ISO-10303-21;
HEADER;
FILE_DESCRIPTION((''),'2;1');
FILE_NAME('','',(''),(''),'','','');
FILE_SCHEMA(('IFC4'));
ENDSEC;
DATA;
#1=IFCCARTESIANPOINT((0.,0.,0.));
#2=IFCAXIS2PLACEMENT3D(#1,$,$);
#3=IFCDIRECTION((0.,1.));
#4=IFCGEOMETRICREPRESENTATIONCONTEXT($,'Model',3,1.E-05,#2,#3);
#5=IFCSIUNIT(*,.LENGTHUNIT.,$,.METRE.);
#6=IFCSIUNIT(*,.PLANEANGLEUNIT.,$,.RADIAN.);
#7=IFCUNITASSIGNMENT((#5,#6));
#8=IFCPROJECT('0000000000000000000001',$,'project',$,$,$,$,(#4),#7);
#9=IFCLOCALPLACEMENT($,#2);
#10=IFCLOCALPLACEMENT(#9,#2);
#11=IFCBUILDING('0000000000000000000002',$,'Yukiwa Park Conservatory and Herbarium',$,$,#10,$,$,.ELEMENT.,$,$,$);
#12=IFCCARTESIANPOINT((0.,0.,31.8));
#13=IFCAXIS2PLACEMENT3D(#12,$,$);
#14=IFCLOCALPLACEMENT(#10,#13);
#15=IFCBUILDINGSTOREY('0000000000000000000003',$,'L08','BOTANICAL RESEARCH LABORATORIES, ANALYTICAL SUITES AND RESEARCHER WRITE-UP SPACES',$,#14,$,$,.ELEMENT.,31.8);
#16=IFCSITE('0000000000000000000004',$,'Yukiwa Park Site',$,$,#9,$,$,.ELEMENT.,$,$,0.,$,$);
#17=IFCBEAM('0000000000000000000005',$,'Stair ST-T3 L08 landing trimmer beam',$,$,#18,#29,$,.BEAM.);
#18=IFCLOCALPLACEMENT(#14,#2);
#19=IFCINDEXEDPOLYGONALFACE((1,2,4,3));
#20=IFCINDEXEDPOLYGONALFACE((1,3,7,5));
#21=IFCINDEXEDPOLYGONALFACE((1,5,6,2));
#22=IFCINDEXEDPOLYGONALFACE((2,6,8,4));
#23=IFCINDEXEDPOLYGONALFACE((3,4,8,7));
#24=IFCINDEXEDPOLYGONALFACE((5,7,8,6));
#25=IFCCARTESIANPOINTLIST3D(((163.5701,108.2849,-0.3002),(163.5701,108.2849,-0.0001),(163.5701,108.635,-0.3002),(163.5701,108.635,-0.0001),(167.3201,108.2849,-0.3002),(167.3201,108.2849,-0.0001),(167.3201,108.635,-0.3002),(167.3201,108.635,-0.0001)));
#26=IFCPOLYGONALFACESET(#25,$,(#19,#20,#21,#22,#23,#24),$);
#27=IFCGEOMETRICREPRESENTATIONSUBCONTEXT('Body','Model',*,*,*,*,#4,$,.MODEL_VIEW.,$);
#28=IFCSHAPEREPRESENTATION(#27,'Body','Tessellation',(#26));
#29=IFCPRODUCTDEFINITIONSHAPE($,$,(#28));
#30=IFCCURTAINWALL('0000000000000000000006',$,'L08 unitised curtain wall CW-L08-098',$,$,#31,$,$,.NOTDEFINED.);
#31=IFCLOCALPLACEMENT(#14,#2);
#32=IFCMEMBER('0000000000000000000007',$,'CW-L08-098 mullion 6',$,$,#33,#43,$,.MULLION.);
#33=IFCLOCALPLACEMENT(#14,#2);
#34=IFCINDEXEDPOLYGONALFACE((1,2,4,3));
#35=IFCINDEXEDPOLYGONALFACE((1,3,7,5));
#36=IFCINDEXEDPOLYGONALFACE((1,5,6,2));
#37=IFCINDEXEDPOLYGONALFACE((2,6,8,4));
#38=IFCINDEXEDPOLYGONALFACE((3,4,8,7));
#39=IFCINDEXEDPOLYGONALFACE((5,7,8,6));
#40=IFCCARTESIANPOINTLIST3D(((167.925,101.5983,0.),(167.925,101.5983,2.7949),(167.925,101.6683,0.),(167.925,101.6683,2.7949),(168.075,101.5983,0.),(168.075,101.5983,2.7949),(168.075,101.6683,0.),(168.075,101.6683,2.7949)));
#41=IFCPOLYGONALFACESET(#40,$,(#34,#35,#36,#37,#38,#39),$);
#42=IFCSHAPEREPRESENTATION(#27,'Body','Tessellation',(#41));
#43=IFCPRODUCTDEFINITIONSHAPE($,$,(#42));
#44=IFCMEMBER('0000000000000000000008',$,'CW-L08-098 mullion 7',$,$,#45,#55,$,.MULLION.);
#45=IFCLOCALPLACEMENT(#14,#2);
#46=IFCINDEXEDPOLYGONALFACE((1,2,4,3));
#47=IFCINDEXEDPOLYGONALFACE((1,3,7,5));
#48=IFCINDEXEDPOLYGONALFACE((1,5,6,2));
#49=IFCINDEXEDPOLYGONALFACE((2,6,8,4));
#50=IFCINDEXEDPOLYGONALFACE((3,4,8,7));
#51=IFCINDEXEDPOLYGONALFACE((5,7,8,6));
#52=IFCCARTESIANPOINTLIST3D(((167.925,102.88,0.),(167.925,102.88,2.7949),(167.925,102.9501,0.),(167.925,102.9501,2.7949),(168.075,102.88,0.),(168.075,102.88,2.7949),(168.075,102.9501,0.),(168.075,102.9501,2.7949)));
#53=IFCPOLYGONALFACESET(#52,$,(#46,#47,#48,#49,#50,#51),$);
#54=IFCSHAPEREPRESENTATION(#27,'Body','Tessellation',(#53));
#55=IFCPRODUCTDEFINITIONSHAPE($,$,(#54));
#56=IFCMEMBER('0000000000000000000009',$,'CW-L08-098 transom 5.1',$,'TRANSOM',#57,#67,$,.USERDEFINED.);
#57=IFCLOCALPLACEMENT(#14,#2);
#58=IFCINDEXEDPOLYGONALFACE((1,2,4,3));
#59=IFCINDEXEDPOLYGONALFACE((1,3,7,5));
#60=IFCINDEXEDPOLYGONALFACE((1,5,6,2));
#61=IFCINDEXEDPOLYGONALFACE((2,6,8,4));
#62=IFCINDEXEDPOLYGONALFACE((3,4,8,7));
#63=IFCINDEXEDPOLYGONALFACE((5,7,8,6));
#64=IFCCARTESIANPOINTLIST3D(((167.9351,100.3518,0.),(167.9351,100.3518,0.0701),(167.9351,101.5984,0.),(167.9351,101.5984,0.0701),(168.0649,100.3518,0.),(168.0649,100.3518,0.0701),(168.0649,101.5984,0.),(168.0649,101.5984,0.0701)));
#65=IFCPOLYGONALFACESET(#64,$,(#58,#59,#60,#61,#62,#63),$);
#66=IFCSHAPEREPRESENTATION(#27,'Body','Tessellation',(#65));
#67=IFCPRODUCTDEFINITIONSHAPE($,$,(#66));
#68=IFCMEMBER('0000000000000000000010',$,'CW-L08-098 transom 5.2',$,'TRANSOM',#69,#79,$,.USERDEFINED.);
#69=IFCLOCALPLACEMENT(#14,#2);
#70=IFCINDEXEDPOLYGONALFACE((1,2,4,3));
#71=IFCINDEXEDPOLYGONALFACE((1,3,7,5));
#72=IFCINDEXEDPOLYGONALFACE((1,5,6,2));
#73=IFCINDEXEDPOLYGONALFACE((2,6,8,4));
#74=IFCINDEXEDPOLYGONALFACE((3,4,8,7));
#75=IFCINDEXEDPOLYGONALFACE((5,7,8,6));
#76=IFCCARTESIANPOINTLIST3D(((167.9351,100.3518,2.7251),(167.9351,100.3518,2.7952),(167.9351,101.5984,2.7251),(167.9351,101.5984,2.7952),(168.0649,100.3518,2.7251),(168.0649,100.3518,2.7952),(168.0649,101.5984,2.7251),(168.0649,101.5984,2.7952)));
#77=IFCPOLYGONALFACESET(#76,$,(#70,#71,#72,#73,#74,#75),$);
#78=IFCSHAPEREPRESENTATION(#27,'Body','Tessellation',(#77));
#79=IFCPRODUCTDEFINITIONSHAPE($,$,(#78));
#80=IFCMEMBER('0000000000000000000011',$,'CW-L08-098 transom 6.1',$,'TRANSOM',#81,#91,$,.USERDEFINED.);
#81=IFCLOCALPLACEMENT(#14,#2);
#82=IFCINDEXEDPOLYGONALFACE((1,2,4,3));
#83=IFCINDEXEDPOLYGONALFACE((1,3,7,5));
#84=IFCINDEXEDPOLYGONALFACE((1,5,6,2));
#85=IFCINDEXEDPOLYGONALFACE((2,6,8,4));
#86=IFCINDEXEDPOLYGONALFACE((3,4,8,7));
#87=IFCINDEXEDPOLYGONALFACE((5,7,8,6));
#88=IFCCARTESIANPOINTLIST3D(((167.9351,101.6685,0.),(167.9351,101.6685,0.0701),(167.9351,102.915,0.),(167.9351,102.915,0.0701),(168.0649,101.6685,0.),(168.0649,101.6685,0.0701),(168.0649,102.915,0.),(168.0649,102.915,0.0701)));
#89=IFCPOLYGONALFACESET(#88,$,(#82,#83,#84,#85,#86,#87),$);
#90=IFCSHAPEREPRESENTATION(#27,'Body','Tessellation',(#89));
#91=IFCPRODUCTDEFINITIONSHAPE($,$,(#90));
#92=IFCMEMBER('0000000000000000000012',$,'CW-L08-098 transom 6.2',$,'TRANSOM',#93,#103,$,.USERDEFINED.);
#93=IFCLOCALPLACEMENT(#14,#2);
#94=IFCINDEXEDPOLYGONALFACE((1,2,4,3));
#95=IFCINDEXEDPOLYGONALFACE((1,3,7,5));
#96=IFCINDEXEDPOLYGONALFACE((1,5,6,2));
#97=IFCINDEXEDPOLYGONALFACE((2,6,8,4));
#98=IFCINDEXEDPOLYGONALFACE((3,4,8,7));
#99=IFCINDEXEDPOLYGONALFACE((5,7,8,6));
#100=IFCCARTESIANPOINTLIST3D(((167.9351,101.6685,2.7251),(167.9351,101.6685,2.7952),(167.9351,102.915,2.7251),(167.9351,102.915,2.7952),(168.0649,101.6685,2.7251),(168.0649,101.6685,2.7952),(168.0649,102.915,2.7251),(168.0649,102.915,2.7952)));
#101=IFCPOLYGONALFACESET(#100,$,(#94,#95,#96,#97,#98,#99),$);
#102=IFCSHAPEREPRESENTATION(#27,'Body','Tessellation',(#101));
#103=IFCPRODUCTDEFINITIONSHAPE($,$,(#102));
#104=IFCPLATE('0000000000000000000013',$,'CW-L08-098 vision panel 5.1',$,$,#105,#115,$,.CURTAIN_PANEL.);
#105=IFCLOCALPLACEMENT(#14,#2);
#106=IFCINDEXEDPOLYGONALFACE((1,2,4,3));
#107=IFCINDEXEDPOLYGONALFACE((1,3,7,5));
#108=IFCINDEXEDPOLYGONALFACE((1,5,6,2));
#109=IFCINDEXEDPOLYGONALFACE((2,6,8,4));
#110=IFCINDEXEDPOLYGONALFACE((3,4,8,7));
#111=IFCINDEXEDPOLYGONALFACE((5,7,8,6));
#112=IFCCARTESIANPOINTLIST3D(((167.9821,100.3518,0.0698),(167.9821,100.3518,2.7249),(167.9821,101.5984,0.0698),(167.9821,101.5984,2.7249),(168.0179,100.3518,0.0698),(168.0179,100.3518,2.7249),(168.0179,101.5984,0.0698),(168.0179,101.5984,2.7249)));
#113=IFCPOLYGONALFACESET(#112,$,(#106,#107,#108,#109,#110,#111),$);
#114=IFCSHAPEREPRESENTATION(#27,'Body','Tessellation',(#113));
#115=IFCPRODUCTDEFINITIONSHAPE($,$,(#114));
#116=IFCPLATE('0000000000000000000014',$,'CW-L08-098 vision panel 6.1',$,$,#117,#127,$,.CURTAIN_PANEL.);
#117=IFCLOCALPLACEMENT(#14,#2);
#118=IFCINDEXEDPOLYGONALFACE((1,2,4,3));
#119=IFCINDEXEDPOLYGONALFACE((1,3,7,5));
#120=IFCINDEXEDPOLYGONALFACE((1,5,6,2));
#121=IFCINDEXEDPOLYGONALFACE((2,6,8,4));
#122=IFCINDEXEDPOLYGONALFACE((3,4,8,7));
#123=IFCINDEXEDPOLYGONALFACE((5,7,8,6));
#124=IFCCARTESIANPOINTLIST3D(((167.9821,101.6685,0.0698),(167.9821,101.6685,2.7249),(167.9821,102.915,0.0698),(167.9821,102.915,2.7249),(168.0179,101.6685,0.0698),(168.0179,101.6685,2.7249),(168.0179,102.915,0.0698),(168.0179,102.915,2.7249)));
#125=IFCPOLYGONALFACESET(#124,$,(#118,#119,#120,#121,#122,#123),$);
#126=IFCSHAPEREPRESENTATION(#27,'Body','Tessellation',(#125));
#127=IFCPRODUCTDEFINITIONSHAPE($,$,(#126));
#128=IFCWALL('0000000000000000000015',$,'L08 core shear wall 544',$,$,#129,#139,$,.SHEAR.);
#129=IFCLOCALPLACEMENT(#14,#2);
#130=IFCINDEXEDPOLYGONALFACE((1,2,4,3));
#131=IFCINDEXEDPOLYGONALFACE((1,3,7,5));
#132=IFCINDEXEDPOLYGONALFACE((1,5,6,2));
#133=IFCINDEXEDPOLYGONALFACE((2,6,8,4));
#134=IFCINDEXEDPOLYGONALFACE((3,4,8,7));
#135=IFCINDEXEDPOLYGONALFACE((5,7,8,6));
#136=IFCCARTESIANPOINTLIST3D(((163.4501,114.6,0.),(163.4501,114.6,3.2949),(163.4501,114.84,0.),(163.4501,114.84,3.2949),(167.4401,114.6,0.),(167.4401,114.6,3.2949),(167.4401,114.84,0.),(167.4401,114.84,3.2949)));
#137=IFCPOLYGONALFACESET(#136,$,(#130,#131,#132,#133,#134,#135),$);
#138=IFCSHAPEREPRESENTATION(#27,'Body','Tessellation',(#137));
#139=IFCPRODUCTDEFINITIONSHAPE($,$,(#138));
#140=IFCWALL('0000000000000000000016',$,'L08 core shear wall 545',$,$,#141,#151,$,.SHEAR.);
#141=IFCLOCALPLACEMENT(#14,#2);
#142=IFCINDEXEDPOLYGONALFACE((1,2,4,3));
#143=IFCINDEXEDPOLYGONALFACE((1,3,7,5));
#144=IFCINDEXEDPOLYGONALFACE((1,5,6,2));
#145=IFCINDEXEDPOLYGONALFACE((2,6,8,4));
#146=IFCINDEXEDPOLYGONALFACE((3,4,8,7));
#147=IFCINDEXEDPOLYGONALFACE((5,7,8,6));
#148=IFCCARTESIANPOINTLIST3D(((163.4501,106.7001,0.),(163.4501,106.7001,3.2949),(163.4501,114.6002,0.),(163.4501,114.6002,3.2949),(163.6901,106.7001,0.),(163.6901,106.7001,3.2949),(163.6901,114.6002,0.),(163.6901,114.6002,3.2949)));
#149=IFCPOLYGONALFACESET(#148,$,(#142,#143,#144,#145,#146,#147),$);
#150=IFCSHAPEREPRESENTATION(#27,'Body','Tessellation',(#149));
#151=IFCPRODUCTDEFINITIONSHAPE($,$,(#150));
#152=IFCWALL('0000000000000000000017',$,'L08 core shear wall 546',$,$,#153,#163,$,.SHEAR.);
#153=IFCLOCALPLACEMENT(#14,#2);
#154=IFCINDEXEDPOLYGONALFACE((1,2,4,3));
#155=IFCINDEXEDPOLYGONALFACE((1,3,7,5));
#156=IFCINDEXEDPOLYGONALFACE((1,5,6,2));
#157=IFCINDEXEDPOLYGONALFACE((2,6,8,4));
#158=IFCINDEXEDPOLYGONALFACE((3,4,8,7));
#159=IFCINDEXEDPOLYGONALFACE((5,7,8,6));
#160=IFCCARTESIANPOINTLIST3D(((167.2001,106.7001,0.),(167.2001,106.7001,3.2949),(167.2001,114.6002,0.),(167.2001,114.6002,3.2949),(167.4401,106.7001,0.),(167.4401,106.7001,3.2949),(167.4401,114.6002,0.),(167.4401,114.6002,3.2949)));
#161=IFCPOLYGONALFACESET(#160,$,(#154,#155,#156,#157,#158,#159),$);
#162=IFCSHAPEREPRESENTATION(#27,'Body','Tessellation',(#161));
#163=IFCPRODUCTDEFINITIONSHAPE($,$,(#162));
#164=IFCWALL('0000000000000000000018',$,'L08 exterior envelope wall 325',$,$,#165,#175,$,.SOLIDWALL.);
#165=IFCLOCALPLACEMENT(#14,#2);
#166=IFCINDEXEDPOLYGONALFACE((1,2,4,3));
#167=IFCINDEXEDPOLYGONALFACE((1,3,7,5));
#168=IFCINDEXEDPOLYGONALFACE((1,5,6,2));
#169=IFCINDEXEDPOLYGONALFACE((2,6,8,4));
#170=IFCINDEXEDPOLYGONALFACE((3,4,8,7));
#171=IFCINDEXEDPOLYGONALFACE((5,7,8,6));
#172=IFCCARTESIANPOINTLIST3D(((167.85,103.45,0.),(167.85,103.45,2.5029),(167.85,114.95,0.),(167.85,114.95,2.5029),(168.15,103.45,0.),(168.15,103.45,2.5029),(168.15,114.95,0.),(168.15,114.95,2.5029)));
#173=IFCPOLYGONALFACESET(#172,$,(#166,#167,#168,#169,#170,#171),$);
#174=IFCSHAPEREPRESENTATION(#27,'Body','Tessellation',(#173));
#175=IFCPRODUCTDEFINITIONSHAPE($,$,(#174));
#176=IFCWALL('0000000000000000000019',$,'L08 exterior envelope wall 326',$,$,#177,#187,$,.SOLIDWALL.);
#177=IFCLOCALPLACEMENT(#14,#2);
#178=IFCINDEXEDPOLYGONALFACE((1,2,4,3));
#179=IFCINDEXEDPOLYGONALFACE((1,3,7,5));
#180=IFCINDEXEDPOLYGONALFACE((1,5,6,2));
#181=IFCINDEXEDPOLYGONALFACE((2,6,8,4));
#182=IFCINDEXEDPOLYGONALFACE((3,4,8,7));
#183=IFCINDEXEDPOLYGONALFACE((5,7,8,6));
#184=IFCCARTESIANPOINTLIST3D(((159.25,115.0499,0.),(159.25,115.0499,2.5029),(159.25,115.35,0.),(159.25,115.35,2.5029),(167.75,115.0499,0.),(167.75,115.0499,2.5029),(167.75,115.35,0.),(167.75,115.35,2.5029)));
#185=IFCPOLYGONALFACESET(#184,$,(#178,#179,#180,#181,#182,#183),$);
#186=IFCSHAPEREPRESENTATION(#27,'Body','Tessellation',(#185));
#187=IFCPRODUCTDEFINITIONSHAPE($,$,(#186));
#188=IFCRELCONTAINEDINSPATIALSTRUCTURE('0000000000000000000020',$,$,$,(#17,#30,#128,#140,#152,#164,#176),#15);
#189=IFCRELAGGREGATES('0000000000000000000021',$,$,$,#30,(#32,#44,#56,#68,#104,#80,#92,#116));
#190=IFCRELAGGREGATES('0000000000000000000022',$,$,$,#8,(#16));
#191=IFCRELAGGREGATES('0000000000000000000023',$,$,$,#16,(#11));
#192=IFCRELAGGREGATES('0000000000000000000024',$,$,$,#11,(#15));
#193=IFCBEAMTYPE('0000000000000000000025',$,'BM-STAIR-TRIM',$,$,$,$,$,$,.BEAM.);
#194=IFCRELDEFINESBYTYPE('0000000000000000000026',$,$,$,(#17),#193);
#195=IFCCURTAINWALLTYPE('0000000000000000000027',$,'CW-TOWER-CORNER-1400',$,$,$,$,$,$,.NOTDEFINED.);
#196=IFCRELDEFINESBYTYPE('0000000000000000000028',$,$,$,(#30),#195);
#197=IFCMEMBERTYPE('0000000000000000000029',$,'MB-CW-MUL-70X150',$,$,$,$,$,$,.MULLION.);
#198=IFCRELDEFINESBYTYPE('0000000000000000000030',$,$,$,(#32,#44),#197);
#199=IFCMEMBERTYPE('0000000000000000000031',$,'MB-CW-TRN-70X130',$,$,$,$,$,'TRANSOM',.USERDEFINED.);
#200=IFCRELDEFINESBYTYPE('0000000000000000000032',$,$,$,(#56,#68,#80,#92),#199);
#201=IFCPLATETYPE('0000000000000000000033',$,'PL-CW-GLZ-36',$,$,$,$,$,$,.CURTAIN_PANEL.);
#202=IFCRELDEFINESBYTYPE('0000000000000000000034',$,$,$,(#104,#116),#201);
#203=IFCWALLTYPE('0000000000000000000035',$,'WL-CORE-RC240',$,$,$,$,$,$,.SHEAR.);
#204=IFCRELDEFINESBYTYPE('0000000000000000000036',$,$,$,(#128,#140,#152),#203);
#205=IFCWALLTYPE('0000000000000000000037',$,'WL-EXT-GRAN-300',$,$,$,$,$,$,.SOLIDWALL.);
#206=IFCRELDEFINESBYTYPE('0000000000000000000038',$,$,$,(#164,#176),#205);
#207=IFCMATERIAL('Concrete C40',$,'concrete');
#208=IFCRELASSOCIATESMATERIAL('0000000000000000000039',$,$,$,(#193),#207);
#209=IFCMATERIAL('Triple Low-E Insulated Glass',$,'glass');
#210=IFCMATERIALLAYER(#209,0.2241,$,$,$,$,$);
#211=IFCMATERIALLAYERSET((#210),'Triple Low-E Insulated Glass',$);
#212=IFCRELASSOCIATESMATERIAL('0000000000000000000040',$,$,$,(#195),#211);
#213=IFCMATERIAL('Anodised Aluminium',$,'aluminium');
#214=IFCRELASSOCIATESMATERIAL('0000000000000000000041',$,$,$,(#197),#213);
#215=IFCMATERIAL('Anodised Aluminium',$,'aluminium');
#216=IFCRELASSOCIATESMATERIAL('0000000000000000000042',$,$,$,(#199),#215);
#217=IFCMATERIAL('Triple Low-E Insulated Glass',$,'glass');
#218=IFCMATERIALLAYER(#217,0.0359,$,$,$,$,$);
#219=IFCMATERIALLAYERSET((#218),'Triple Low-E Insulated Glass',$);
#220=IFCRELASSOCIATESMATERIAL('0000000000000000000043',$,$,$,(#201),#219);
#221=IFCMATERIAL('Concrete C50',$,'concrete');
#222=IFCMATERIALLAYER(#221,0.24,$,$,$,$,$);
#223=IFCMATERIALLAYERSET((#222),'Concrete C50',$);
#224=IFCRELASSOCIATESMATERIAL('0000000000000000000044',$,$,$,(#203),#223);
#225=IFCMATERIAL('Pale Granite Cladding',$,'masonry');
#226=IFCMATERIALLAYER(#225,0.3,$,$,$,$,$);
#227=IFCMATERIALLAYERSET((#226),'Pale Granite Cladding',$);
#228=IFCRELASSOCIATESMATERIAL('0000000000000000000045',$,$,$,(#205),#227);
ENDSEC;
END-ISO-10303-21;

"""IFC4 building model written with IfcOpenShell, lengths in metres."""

from ifc_helpers import new_model, si_unit, direction, frame, frame_2d, origin, origin_2d, place, context, subcontext, project, spatial, rectangle, extrude, material, layer, layer_set, material_profile, profile_set, type_object, element, aggregate, save


model = new_model("IFC4")

# Units and contexts
model_context = context("Model", 3, precision=1e-05, world=origin(), true_north=direction((0.0, 1.0)))
body_context = subcontext(model_context, "Body", "Model", "MODEL_VIEW")
ifc_project = project(units=[si_unit("LENGTHUNIT", "METRE"), si_unit("PLANEANGLEUNIT", "RADIAN")], contexts=[model_context])

# Site, building, storey
site_placement = place(None, origin())
site = spatial("IfcSite", under=ifc_project, at=site_placement, Name="Yukiwa Park Site", CompositionType="ELEMENT", RefElevation=0.0)
building_placement = place(site_placement, origin())
building = spatial("IfcBuilding", under=site, at=building_placement, Name="Yukiwa Park Conservatory and Herbarium", CompositionType="ELEMENT")
storey_placement = place(building_placement, frame((0.0, 0.0, 31.8)))
storey = spatial("IfcBuildingStorey", under=building, at=storey_placement, Name="L08", Description="BOTANICAL RESEARCH LABORATORIES, ANALYTICAL SUITES AND RESEARCHER WRITE-UP SPACES", CompositionType="ELEMENT", Elevation=31.8)

# Beam
ifc_material_1 = material(Name="Concrete C40", Category="concrete")
ifc_material_profile_1 = material_profile(ifc_material_1, rectangle(XDim=0.3501, YDim=0.3, at=origin_2d()), Name="RC 350x300")
ifc_profile_set_1 = profile_set([ifc_material_profile_1], Name="Concrete C40")
beam_type_1 = type_object("IfcBeamType", Name="BM-STAIR-TRIM", PredefinedType="BEAM", material=ifc_profile_set_1)
beam_1_placement = place(storey_placement, frame((163.5701, 108.46, -0.1501), z_axis=(1.0, 0.0, 0.0), x_axis=(0.0, 1.0, 0.0)))
element("IfcBeam", 1, at=beam_1_placement, inside=storey, type_object=beam_type_1, Name="Stair ST-T3 L08 landing trimmer beam", PredefinedType="BEAM", context=body_context, shape_type="SweptSolid", body=[
    extrude(rectangle(XDim=0.3501, YDim=0.3, at=origin_2d()), origin(), (0.0, 0.0, 1.0), 3.75),
])

# Curtain wall, members, plates
ifc_material_2 = material(Name="Triple Low-E Insulated Glass", Category="glass")
ifc_layer_1 = layer(ifc_material_2, 0.2241)
ifc_layer_set_1 = layer_set([ifc_layer_1], Name="Triple Low-E Insulated Glass")
curtain_wall_type = type_object("IfcCurtainWallType", Name="CW-TOWER-CORNER-1400", PredefinedType="NOTDEFINED", material=ifc_layer_set_1)
curtain_wall_placement = place(storey_placement, origin())
curtain_wall = element("IfcCurtainWall", 2, at=curtain_wall_placement, inside=storey, type_object=curtain_wall_type, Name="L08 unitised curtain wall CW-L08-098", PredefinedType="NOTDEFINED")
ifc_material_3 = material(Name="Anodised Aluminium", Category="aluminium")
member_type_1 = type_object("IfcMemberType", Name="MB-CW-MUL-70X150", PredefinedType="MULLION", material=ifc_material_3)
member_1_placement = place(storey_placement, frame((168.0, 101.6333, 0.0), z_axis=(0.0, 0.0, 1.0), x_axis=(0.0, 1.0, 0.0)))
member_1 = element("IfcMember", 3, at=member_1_placement, type_object=member_type_1, Name="CW-L08-098 mullion 6", PredefinedType="MULLION", context=body_context, shape_type="SweptSolid", body=[
    extrude(rectangle(XDim=0.0701, YDim=0.1499, at=origin_2d()), origin(), (0.0, 0.0, 1.0), 2.7949),
])
member_2_placement = place(storey_placement, frame((168.0, 102.915, 0.0), z_axis=(0.0, 0.0, 1.0), x_axis=(0.0, 1.0, 0.0)))
member_2 = element("IfcMember", 4, at=member_2_placement, type_object=member_type_1, Name="CW-L08-098 mullion 7", PredefinedType="MULLION", context=body_context, shape_type="SweptSolid", body=[
    extrude(rectangle(XDim=0.0701, YDim=0.1499, at=origin_2d()), origin(), (0.0, 0.0, 1.0), 2.7949),
])
ifc_material_4 = material(Name="Anodised Aluminium", Category="aluminium")
member_type_2 = type_object("IfcMemberType", Name="MB-CW-TRN-70X130", ElementType="TRANSOM", PredefinedType="USERDEFINED", material=ifc_material_4)
member_3_placement = place(storey_placement, frame((168.0, 100.9751, 0.0), z_axis=(0.0, 0.0, 1.0), x_axis=(0.0, 1.0, 0.0)))
member_3 = element("IfcMember", 5, at=member_3_placement, type_object=member_type_2, Name="CW-L08-098 transom 5.1", ObjectType="TRANSOM", PredefinedType="USERDEFINED", context=body_context, shape_type="SweptSolid", body=[
    extrude(rectangle(XDim=1.2466, YDim=0.1299, at=origin_2d()), origin(), (0.0, 0.0, 1.0), 0.0701),
])
member_4_placement = place(storey_placement, frame((168.0, 100.9751, 2.7251), z_axis=(0.0, 0.0, 1.0), x_axis=(0.0, 1.0, 0.0)))
member_4 = element("IfcMember", 6, at=member_4_placement, type_object=member_type_2, Name="CW-L08-098 transom 5.2", ObjectType="TRANSOM", PredefinedType="USERDEFINED", context=body_context, shape_type="SweptSolid", body=[
    extrude(rectangle(XDim=1.2466, YDim=0.1299, at=origin_2d()), origin(), (0.0, 0.0, 1.0), 0.0701),
])
member_5_placement = place(storey_placement, frame((168.0, 102.2917, 0.0), z_axis=(0.0, 0.0, 1.0), x_axis=(0.0, 1.0, 0.0)))
member_5 = element("IfcMember", 7, at=member_5_placement, type_object=member_type_2, Name="CW-L08-098 transom 6.1", ObjectType="TRANSOM", PredefinedType="USERDEFINED", context=body_context, shape_type="SweptSolid", body=[
    extrude(rectangle(XDim=1.2466, YDim=0.1299, at=origin_2d()), origin(), (0.0, 0.0, 1.0), 0.0701),
])
member_6_placement = place(storey_placement, frame((168.0, 102.2917, 2.7251), z_axis=(0.0, 0.0, 1.0), x_axis=(0.0, 1.0, 0.0)))
member_6 = element("IfcMember", 8, at=member_6_placement, type_object=member_type_2, Name="CW-L08-098 transom 6.2", ObjectType="TRANSOM", PredefinedType="USERDEFINED", context=body_context, shape_type="SweptSolid", body=[
    extrude(rectangle(XDim=1.2466, YDim=0.1299, at=origin_2d()), origin(), (0.0, 0.0, 1.0), 0.0701),
])
ifc_material_5 = material(Name="Triple Low-E Insulated Glass", Category="glass")
ifc_layer_2 = layer(ifc_material_5, 0.0359)
ifc_layer_set_2 = layer_set([ifc_layer_2], Name="Triple Low-E Insulated Glass")
plate_type = type_object("IfcPlateType", Name="PL-CW-GLZ-36", PredefinedType="CURTAIN_PANEL", material=ifc_layer_set_2)
plate_1_placement = place(storey_placement, frame((168.0, 100.9751, 0.0698), z_axis=(0.0, 0.0, 1.0), x_axis=(0.0, 1.0, 0.0)))
plate_1 = element("IfcPlate", 9, at=plate_1_placement, type_object=plate_type, Name="CW-L08-098 vision panel 5.1", PredefinedType="CURTAIN_PANEL", context=body_context, shape_type="SweptSolid", body=[
    extrude(rectangle(XDim=1.2466, YDim=0.0359, at=origin_2d()), origin(), (0.0, 0.0, 1.0), 2.655),
])
plate_2_placement = place(storey_placement, frame((168.0, 102.2917, 0.0698), z_axis=(0.0, 0.0, 1.0), x_axis=(0.0, 1.0, 0.0)))
plate_2 = element("IfcPlate", 10, at=plate_2_placement, type_object=plate_type, Name="CW-L08-098 vision panel 6.1", PredefinedType="CURTAIN_PANEL", context=body_context, shape_type="SweptSolid", body=[
    extrude(rectangle(XDim=1.2466, YDim=0.0359, at=origin_2d()), origin(), (0.0, 0.0, 1.0), 2.655),
])
aggregate(curtain_wall, [member_1, member_2, member_3, member_4, plate_1, member_5, member_6, plate_2])

# Walls
ifc_material_6 = material(Name="Concrete C50", Category="concrete")
ifc_layer_3 = layer(ifc_material_6, 0.24)
ifc_layer_set_3 = layer_set([ifc_layer_3], Name="Concrete C50")
wall_type_1 = type_object("IfcWallType", Name="WL-CORE-RC240", PredefinedType="SHEAR", material=ifc_layer_set_3)
wall_1_placement = place(storey_placement, frame((163.45, 114.72, 0.0), z_axis=(0.0, 0.0, 1.0), x_axis=(1.0, 0.0, 0.0)))
element("IfcWall", 11, at=wall_1_placement, inside=storey, type_object=wall_type_1, Name="L08 core shear wall 544", PredefinedType="SHEAR", context=body_context, shape_type="SweptSolid", body=[
    extrude(rectangle(XDim=3.99, YDim=0.24, at=frame_2d((1.9951, 0.0))), origin(), (0.0, 0.0, 1.0), 3.2949),
])
for number, where, z_axis, x_axis, name in (
    (12, (163.5701, 106.7, 0.0), (0.0, 0.0, 1.0), (0.0, 1.0, 0.0), "L08 core shear wall 545"),
    (13, (167.3201, 106.7, 0.0), (0.0, 0.0, 1.0), (0.0, 1.0, 0.0), "L08 core shear wall 546"),
):
    element("IfcWall", number, at=place(storey_placement, frame(where, z_axis=z_axis, x_axis=x_axis)), inside=storey, type_object=wall_type_1, Name=name, PredefinedType="SHEAR", context=body_context, shape_type="SweptSolid", body=[
        extrude(rectangle(XDim=7.9001, YDim=0.24, at=frame_2d((3.9502, 0.0))), origin(), (0.0, 0.0, 1.0), 3.2949),
    ])
ifc_material_7 = material(Name="Pale Granite Cladding", Category="masonry")
ifc_layer_4 = layer(ifc_material_7, 0.3)
ifc_layer_set_4 = layer_set([ifc_layer_4], Name="Pale Granite Cladding")
wall_type_2 = type_object("IfcWallType", Name="WL-EXT-GRAN-300", PredefinedType="SOLIDWALL", material=ifc_layer_set_4)
wall_2_placement = place(storey_placement, frame((168.0, 103.45, 0.0), z_axis=(0.0, 0.0, 1.0), x_axis=(0.0, 1.0, 0.0)))
element("IfcWall", 14, at=wall_2_placement, inside=storey, type_object=wall_type_2, Name="L08 exterior envelope wall 325", PredefinedType="SOLIDWALL", context=body_context, shape_type="SweptSolid", body=[
    extrude(rectangle(XDim=11.5, YDim=0.3, at=frame_2d((5.75, 0.0))), origin(), (0.0, 0.0, 1.0), 2.5029),
])
wall_3_placement = place(storey_placement, frame((167.75, 115.2, 0.0), z_axis=(0.0, 0.0, 1.0), x_axis=(-1.0, 0.0, 0.0)))
element("IfcWall", 15, at=wall_3_placement, inside=storey, type_object=wall_type_2, Name="L08 exterior envelope wall 326", PredefinedType="SOLIDWALL", context=body_context, shape_type="SweptSolid", body=[
    extrude(rectangle(XDim=8.5, YDim=0.3, at=frame_2d((4.25, 0.0))), origin(), (0.0, 0.0, 1.0), 2.5029),
])

save(model, "model.ifc")
